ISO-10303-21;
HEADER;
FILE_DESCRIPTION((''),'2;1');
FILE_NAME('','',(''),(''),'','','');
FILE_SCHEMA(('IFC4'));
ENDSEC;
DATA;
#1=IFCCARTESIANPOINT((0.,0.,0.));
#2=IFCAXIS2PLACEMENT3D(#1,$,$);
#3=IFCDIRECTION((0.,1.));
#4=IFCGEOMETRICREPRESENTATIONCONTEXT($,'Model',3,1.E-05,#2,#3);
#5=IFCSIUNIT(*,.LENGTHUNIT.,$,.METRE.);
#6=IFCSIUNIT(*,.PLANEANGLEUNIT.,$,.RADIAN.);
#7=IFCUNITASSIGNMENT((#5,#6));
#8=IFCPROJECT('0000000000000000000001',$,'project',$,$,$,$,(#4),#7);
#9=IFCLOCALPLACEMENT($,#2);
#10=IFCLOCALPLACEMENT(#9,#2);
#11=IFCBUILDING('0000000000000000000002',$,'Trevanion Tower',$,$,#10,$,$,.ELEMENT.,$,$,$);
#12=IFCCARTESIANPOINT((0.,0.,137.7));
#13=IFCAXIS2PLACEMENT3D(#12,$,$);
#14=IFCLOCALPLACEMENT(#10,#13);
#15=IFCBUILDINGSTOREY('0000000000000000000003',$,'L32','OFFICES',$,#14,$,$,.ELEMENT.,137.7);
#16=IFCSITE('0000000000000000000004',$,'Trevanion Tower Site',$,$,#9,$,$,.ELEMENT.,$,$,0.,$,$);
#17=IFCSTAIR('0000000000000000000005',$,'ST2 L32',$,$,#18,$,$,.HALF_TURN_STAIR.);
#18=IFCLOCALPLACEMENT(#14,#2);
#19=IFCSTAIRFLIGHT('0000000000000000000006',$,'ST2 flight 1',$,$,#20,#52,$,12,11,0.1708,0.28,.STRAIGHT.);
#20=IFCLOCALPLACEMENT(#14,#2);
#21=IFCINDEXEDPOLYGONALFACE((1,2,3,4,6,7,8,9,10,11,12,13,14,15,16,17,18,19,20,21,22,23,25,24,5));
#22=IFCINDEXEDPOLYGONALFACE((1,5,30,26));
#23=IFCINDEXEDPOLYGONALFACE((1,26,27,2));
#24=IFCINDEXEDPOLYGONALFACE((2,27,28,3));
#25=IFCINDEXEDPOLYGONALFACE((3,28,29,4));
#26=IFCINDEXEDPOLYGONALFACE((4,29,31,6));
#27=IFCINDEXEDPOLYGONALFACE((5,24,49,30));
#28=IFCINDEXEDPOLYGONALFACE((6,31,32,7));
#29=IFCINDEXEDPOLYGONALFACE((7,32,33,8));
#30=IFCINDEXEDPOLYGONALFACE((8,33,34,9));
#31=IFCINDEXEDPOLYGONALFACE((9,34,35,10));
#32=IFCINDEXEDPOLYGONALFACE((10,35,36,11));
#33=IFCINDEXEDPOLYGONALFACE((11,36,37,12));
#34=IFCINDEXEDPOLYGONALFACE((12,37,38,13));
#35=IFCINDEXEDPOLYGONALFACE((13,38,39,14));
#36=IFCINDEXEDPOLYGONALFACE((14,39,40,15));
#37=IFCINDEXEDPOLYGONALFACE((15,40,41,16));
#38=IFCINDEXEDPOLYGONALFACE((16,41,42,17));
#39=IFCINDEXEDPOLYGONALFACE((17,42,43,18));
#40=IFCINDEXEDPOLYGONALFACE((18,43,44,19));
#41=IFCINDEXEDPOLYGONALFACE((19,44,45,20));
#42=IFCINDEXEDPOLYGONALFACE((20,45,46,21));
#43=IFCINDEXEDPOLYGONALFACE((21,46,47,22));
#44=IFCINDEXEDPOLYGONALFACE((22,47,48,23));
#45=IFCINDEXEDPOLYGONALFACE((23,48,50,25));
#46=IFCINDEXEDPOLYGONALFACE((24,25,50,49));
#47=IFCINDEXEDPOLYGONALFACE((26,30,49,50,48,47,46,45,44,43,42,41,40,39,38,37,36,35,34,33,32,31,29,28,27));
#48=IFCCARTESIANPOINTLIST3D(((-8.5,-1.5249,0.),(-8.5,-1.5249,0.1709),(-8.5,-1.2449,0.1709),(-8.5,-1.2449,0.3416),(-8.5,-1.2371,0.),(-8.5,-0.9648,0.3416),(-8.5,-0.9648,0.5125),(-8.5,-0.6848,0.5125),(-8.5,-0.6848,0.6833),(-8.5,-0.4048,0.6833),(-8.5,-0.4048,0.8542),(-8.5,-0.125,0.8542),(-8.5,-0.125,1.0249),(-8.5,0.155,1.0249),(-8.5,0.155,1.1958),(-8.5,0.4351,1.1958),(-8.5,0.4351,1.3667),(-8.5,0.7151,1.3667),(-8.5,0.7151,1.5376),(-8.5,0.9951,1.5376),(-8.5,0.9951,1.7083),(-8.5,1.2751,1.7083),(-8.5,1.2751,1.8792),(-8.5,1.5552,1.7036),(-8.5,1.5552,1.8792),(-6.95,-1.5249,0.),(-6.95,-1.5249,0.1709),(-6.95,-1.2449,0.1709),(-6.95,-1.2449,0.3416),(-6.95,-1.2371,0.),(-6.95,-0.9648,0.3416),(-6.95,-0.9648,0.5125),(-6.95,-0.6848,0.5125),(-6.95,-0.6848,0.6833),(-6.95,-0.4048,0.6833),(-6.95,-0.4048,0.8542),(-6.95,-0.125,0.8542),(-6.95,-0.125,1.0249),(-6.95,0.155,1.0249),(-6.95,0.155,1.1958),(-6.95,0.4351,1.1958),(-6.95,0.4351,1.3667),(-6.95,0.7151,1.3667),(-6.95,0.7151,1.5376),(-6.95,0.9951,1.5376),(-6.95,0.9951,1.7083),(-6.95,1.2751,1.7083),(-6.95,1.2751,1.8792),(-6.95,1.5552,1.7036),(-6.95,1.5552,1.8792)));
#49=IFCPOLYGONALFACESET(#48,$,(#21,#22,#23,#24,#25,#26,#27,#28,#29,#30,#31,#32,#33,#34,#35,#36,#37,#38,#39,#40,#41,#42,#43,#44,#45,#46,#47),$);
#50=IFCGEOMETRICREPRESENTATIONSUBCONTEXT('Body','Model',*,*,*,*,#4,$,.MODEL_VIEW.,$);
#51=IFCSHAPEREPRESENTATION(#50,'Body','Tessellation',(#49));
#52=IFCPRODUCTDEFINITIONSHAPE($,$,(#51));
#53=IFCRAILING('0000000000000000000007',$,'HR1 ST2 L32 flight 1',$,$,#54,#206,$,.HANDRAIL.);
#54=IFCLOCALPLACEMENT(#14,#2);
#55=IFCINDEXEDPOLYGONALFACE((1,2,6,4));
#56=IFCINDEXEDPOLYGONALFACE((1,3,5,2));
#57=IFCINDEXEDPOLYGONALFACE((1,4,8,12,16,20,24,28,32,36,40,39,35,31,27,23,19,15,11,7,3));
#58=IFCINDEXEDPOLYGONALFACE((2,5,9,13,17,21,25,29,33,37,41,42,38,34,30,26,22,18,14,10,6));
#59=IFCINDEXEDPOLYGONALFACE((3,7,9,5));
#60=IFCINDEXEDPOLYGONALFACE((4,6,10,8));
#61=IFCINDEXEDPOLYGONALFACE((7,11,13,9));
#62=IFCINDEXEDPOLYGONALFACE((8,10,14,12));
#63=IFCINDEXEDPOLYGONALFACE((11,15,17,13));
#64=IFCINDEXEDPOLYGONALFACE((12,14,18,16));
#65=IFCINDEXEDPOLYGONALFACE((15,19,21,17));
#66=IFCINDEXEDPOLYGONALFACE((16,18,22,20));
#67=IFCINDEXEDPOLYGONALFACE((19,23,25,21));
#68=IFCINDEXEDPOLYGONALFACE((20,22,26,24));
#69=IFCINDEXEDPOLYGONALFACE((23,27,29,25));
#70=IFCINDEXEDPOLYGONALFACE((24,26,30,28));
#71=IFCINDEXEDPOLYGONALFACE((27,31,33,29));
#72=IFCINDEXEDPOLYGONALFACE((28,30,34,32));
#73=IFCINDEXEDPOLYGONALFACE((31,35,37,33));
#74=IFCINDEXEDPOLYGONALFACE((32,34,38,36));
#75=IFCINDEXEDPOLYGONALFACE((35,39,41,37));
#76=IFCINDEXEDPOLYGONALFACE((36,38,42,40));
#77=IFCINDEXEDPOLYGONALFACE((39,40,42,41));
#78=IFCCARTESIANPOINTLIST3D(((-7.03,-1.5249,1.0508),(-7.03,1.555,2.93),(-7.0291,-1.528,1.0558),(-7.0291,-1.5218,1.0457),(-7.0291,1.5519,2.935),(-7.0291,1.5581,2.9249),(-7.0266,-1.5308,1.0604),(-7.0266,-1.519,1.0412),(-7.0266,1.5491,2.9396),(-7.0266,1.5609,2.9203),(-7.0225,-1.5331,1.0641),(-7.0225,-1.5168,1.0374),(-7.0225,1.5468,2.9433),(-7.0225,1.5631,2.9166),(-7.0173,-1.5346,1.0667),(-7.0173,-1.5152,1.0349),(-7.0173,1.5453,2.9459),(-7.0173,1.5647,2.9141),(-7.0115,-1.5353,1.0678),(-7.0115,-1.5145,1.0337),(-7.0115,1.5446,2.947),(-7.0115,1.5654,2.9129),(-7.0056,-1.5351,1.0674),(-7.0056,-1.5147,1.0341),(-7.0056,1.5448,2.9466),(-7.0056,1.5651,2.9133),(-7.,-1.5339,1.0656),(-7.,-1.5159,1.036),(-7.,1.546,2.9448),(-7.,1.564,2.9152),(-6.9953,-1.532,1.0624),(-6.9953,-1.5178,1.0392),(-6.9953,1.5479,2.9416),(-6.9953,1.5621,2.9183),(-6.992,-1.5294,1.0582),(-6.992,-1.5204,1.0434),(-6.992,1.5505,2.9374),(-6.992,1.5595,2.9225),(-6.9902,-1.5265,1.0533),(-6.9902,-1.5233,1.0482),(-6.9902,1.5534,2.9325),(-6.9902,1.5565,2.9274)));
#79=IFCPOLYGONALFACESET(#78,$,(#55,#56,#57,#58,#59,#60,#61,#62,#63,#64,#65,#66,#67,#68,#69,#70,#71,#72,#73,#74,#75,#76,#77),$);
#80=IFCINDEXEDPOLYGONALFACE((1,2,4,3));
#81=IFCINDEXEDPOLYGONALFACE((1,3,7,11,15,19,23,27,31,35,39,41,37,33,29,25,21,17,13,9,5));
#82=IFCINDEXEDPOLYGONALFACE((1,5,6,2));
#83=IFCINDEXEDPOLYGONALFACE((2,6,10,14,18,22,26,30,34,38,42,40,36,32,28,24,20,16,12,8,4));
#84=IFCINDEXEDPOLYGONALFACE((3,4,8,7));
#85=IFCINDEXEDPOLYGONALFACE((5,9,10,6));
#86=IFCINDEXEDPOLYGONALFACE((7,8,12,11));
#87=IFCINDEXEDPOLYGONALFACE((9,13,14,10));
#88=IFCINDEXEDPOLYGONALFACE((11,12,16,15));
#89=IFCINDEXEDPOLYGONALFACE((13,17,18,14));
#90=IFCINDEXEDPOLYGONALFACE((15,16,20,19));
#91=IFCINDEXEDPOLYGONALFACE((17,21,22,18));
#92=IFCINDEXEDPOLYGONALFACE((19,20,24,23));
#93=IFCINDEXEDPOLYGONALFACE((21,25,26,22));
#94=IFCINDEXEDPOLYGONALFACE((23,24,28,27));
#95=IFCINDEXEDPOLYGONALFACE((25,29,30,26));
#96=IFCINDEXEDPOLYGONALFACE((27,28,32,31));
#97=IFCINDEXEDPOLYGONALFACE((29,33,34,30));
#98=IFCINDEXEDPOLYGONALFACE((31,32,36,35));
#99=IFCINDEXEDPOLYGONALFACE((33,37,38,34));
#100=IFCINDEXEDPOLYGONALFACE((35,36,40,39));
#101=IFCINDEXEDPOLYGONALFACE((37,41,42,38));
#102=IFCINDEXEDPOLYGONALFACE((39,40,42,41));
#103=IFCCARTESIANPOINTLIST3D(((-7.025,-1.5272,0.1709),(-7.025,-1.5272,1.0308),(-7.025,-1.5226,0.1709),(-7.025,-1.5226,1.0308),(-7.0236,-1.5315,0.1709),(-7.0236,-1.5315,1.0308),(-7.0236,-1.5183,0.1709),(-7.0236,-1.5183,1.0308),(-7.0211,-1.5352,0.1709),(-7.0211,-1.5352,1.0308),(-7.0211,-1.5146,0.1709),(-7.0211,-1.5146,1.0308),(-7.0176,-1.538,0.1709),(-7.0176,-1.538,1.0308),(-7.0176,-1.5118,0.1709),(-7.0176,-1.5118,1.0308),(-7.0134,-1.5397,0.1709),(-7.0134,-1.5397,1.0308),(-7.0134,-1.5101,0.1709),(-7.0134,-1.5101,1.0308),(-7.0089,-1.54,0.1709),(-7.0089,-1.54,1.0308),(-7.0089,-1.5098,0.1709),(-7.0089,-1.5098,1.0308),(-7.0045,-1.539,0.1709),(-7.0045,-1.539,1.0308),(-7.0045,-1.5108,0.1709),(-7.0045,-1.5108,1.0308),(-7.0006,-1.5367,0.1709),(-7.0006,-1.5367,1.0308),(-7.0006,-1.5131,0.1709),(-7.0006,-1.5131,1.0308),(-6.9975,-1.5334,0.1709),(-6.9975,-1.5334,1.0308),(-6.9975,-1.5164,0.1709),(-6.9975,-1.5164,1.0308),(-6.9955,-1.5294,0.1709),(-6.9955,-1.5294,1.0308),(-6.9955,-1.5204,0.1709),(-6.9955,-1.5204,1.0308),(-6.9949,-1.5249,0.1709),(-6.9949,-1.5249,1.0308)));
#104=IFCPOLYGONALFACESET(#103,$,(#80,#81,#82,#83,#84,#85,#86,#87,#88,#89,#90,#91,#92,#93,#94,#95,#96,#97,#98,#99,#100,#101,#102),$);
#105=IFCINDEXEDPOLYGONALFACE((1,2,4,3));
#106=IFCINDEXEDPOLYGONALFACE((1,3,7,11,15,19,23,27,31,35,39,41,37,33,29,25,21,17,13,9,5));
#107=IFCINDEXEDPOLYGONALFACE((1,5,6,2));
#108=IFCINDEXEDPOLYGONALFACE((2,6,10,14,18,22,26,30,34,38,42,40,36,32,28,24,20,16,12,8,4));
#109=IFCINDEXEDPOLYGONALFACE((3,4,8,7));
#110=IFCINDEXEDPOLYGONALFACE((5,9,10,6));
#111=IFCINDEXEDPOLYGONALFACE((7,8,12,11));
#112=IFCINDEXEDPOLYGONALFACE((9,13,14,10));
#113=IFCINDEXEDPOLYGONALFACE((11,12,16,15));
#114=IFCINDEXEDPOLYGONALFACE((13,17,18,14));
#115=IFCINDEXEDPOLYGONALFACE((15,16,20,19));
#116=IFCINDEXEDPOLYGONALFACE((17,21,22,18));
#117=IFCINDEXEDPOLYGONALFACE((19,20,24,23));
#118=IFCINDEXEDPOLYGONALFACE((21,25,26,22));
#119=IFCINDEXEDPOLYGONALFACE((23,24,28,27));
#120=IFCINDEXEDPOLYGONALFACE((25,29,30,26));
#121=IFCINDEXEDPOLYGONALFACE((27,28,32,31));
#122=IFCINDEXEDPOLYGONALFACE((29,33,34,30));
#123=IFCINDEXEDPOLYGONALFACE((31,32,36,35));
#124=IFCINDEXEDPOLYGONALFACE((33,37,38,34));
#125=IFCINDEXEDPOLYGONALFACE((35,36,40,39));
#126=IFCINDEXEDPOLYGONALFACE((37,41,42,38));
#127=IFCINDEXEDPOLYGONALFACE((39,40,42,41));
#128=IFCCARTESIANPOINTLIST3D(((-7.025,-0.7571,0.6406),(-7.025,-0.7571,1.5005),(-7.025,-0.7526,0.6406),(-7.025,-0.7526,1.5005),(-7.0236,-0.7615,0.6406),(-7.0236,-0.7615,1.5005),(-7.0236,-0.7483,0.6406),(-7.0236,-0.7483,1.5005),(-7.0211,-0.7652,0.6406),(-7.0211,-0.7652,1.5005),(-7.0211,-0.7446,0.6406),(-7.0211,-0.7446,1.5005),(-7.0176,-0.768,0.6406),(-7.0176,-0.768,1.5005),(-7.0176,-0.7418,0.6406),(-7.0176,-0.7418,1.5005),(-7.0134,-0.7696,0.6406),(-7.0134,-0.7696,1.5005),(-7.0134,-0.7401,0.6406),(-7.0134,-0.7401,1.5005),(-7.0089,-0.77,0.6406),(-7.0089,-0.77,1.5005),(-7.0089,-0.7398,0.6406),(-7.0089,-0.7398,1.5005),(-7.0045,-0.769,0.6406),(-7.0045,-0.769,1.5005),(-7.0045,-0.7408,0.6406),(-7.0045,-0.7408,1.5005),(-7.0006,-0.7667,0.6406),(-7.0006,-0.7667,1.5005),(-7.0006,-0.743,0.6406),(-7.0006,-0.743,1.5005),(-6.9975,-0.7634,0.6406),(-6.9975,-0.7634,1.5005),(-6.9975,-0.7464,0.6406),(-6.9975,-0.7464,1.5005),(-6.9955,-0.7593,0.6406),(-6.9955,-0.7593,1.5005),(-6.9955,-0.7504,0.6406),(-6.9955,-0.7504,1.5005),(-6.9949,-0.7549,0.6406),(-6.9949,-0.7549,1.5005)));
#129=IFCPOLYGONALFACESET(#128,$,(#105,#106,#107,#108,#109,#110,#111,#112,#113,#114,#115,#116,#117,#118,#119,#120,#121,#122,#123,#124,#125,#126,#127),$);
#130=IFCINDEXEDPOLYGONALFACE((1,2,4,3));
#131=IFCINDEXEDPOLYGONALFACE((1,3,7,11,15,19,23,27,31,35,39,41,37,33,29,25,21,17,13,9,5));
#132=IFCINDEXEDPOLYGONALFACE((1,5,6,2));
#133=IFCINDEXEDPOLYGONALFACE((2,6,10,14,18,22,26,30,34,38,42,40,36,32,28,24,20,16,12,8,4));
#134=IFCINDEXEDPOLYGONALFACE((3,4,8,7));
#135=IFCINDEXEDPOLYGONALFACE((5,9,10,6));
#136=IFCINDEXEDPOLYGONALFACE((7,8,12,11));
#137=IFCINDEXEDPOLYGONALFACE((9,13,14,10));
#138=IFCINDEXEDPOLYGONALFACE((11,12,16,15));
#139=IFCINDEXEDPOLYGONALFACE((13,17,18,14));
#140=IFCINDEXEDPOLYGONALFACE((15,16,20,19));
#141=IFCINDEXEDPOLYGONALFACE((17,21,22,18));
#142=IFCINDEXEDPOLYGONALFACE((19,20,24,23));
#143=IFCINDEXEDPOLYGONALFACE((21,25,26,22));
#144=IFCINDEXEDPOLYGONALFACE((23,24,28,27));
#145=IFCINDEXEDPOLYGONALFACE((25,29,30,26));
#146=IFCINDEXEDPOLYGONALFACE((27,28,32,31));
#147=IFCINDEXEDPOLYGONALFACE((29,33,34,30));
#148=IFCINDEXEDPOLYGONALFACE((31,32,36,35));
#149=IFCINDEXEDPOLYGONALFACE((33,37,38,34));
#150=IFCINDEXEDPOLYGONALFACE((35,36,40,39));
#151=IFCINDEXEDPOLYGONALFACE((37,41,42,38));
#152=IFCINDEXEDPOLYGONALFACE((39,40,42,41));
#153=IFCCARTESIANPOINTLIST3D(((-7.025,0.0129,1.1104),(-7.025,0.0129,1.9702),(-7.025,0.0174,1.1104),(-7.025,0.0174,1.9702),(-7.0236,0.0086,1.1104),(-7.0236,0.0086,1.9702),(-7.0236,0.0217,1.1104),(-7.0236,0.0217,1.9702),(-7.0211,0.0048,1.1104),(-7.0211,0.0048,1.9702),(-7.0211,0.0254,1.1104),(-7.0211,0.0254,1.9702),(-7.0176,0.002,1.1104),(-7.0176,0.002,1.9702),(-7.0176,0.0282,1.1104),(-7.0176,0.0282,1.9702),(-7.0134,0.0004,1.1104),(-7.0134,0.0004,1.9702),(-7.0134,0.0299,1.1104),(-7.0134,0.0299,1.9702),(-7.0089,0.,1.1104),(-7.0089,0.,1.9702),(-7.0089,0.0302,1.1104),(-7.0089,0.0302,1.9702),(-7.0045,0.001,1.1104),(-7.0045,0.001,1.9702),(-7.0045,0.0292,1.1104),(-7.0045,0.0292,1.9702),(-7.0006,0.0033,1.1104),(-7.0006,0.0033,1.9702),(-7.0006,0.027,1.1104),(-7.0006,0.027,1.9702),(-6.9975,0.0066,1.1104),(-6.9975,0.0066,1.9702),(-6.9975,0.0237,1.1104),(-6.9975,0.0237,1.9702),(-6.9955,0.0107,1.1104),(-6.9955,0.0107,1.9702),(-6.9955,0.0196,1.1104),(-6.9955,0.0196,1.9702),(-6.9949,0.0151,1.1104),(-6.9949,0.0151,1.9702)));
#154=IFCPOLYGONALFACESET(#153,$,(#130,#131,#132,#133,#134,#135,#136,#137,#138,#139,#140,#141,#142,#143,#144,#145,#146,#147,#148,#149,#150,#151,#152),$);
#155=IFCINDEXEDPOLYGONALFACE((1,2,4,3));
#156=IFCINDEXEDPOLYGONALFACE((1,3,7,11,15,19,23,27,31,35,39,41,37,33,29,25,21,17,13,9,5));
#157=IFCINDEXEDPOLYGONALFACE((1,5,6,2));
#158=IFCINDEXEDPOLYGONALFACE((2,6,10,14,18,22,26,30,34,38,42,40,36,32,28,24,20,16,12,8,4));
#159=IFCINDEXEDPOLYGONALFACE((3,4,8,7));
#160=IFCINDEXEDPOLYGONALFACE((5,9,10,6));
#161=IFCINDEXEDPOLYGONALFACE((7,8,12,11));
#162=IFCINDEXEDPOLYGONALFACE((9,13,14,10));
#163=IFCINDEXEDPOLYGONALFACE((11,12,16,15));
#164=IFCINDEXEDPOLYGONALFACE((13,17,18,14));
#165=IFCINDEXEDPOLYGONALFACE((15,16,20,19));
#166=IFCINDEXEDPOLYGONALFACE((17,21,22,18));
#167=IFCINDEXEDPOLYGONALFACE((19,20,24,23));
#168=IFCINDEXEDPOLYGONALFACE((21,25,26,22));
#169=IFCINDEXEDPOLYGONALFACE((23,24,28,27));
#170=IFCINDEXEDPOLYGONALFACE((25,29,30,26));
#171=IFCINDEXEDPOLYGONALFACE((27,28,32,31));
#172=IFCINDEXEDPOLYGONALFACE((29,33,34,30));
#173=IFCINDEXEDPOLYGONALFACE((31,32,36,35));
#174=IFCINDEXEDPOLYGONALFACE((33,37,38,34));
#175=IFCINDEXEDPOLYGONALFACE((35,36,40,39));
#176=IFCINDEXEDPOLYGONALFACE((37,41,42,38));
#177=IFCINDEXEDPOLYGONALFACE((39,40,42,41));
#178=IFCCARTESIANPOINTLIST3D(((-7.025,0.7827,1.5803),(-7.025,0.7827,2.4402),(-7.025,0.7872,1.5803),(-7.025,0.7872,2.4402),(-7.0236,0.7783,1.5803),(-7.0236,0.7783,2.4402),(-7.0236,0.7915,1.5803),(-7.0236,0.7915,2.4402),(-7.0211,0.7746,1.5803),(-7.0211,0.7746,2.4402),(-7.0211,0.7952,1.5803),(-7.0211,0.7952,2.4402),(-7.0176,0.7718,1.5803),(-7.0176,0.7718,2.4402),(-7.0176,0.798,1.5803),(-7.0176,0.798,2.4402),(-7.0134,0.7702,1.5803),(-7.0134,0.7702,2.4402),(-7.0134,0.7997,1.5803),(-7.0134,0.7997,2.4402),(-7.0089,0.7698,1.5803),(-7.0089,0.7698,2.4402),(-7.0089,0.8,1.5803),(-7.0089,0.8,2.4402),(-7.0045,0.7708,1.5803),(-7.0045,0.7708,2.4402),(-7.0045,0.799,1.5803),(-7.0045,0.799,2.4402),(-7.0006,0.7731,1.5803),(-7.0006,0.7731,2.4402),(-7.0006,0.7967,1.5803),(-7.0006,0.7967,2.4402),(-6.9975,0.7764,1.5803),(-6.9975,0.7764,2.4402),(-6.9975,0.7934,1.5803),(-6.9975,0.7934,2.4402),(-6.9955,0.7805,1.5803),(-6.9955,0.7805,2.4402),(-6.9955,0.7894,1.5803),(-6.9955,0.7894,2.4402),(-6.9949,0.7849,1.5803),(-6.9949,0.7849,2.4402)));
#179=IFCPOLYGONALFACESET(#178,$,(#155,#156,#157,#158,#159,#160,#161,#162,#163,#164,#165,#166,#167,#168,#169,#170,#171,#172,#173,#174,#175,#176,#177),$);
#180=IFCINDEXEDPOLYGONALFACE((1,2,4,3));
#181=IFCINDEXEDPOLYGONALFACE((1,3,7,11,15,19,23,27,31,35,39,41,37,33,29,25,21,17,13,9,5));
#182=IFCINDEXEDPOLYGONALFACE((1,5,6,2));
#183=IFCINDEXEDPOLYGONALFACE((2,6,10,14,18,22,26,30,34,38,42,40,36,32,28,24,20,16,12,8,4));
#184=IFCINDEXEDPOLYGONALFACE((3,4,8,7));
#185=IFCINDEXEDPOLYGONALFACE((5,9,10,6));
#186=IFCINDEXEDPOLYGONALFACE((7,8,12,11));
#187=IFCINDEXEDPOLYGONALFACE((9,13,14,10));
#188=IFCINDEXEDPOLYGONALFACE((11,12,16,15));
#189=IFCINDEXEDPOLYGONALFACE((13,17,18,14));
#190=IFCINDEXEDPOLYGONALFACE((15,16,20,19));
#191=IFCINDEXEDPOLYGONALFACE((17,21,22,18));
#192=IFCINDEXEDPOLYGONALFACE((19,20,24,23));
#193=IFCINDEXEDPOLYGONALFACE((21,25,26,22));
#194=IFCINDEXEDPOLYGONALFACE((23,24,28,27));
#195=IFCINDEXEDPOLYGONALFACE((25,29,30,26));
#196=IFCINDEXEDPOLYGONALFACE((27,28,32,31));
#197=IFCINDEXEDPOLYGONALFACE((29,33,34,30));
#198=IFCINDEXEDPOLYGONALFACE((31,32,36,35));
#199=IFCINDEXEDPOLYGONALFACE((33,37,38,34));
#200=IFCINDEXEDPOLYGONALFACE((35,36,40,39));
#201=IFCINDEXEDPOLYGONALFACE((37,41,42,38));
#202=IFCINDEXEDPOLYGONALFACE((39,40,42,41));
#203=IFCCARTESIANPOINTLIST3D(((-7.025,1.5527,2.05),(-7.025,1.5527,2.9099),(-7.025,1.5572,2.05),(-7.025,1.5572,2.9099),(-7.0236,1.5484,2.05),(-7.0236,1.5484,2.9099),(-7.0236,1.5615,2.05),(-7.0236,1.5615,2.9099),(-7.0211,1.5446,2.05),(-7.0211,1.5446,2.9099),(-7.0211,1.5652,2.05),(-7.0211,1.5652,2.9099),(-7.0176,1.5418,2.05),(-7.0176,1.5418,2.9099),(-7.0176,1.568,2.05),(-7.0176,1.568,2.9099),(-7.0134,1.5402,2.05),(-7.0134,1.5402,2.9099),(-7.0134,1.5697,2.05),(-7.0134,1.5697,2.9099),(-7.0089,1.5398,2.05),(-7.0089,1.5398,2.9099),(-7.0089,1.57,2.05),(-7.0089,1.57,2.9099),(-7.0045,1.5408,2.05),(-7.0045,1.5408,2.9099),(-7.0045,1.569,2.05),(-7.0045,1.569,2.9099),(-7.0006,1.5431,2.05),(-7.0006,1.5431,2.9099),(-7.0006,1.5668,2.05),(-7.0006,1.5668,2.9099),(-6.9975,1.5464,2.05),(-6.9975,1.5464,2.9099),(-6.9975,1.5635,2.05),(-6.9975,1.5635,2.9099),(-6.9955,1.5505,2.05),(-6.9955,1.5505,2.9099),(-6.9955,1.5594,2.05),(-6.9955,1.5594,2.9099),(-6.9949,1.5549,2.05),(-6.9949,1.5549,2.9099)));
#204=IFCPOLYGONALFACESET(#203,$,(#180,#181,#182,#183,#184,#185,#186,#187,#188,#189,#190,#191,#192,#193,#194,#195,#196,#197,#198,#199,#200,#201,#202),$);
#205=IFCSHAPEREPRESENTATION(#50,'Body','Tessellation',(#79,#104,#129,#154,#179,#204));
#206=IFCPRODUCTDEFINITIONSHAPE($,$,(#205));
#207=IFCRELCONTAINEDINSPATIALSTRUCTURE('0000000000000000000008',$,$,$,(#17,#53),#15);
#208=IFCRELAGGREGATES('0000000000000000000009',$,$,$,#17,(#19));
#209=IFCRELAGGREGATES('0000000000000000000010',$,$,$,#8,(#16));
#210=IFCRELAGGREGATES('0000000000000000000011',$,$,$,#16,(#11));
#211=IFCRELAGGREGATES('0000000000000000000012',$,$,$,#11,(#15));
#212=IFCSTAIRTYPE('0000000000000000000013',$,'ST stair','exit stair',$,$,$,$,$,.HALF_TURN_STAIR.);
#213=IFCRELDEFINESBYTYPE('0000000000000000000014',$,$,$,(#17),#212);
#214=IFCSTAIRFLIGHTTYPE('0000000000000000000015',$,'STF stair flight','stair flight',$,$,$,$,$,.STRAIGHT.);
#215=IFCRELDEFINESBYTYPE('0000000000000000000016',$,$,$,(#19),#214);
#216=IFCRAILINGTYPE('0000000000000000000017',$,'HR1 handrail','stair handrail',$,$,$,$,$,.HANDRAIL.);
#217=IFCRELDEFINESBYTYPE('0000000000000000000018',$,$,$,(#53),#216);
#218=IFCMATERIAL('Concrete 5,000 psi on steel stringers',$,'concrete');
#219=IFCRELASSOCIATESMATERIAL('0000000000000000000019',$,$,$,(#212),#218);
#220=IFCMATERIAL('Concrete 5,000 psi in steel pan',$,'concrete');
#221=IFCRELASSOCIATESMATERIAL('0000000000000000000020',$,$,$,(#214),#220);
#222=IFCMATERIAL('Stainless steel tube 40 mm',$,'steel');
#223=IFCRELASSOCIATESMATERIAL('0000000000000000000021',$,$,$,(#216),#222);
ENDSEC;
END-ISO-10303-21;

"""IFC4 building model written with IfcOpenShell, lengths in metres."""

from ifc_helpers import new_model, si_unit, direction, frame, origin, origin_2d, place, context, subcontext, project, spatial, polyline, circle, outline, extrude, material, type_object, element, aggregate, save


model = new_model("IFC4")

# Units and contexts
model_context = context("Model", 3, precision=1e-05, world=origin(), true_north=direction((0.0, 1.0)))
body_context = subcontext(model_context, "Body", "Model", "MODEL_VIEW")
ifc_project = project(units=[si_unit("LENGTHUNIT", "METRE"), si_unit("PLANEANGLEUNIT", "RADIAN")], contexts=[model_context])

# Site, building, storey
site_placement = place(None, origin())
site = spatial("IfcSite", under=ifc_project, at=site_placement, Name="Trevanion Tower Site", CompositionType="ELEMENT", RefElevation=0.0)
building_placement = place(site_placement, origin())
building = spatial("IfcBuilding", under=site, at=building_placement, Name="Trevanion Tower", CompositionType="ELEMENT")
storey_placement = place(building_placement, frame((0.0, 0.0, 137.7)))
storey = spatial("IfcBuildingStorey", under=building, at=storey_placement, Name="L32", Description="OFFICES", CompositionType="ELEMENT", Elevation=137.7)

# Stair, stair flight
ifc_material_1 = material(Name="Concrete 5,000 psi on steel stringers", Category="concrete")
stair_type = type_object("IfcStairType", Name="ST stair", Description="exit stair", PredefinedType="HALF_TURN_STAIR", material=ifc_material_1)
stair_placement = place(storey_placement, origin())
stair = element("IfcStair", 1, at=stair_placement, inside=storey, type_object=stair_type, Name="ST2 L32", PredefinedType="HALF_TURN_STAIR")
ifc_material_2 = material(Name="Concrete 5,000 psi in steel pan", Category="concrete")
stair_flight_type = type_object("IfcStairFlightType", Name="STF stair flight", Description="stair flight", PredefinedType="STRAIGHT", material=ifc_material_2)
stair_flight_placement = place(storey_placement, frame((-7.7251, -1.5249, 0.0), z_axis=(0.0, 0.0, 1.0), x_axis=(0.0, 1.0, 0.0)))
stair_flight = element("IfcStairFlight", 2, at=stair_flight_placement, type_object=stair_flight_type, Name="ST2 flight 1", NumberOfRisers=12, NumberOfTreads=11, PredefinedType="STRAIGHT", RiserHeight=0.1708, TreadLength=0.28, context=body_context, shape_type="SweptSolid", body=[
    extrude(outline(polyline([(0.0, 0.0), (0.0, 0.1709), (0.28, 0.1709), (0.28, 0.3416), (0.5601, 0.3416), (0.5601, 0.5125), (0.8401, 0.5125), (0.8401, 0.6833), (1.1201, 0.6833), (1.1201, 0.8542), (1.3999, 0.8542), (1.3999, 1.0249), (1.6799, 1.0249), (1.6799, 1.1958), (1.96, 1.1958), (1.96, 1.3667), (2.24, 1.3667), (2.24, 1.5376), (2.52, 1.5376), (2.52, 1.7083), (2.8, 1.7083), (2.8, 1.8792), (3.0801, 1.8792), (3.0801, 2.05), (3.0801, 1.7036), (0.2878, 0.0), (0.0, 0.0)])), frame((0.0, 0.7749, 0.0), z_axis=(0.0, -1.0, 0.0), x_axis=(1.0, 0.0, 0.0)), (0.0, 0.0, 1.0), 1.55),
])
aggregate(stair, [stair_flight])

# Railing
ifc_material_3 = material(Name="Stainless steel tube 40 mm", Category="steel")
railing_type = type_object("IfcRailingType", Name="HR1 handrail", Description="stair handrail", PredefinedType="HANDRAIL", material=ifc_material_3)
for number, where, name in (
    (3, (-7.01, -1.5249, 0.1709), "HR1 ST2 L32 flight 1"),
):
    element("IfcRailing", number, at=place(storey_placement, frame(where)), inside=storey, type_object=railing_type, Name=name, PredefinedType="HANDRAIL", context=body_context, shape_type="SweptSolid", body=[
        extrude(circle(Radius=0.02, at=origin_2d()), frame((0.0, 0.0, 0.8799), z_axis=(0.0, 0.853648, 0.52085), x_axis=(-1.0, 0.0, 0.0)), (0.0, 0.0, 1.0), 3.6079),
        extrude(circle(Radius=0.0151, at=origin_2d()), origin(), (0.0, 0.0, 1.0), 0.8599),
        extrude(circle(Radius=0.0151, at=origin_2d()), frame((0.0, 0.77, 0.4697)), (0.0, 0.0, 1.0), 0.8599),
        extrude(circle(Radius=0.0151, at=origin_2d()), frame((0.0, 1.54, 0.9395)), (0.0, 0.0, 1.0), 0.8599),
        extrude(circle(Radius=0.0151, at=origin_2d()), frame((0.0, 2.3098, 1.4094)), (0.0, 0.0, 1.0), 0.8599),
        extrude(circle(Radius=0.0151, at=origin_2d()), frame((0.0, 3.0798, 1.8792)), (0.0, 0.0, 1.0), 0.8599),
    ])

save(model, "model.ifc")
